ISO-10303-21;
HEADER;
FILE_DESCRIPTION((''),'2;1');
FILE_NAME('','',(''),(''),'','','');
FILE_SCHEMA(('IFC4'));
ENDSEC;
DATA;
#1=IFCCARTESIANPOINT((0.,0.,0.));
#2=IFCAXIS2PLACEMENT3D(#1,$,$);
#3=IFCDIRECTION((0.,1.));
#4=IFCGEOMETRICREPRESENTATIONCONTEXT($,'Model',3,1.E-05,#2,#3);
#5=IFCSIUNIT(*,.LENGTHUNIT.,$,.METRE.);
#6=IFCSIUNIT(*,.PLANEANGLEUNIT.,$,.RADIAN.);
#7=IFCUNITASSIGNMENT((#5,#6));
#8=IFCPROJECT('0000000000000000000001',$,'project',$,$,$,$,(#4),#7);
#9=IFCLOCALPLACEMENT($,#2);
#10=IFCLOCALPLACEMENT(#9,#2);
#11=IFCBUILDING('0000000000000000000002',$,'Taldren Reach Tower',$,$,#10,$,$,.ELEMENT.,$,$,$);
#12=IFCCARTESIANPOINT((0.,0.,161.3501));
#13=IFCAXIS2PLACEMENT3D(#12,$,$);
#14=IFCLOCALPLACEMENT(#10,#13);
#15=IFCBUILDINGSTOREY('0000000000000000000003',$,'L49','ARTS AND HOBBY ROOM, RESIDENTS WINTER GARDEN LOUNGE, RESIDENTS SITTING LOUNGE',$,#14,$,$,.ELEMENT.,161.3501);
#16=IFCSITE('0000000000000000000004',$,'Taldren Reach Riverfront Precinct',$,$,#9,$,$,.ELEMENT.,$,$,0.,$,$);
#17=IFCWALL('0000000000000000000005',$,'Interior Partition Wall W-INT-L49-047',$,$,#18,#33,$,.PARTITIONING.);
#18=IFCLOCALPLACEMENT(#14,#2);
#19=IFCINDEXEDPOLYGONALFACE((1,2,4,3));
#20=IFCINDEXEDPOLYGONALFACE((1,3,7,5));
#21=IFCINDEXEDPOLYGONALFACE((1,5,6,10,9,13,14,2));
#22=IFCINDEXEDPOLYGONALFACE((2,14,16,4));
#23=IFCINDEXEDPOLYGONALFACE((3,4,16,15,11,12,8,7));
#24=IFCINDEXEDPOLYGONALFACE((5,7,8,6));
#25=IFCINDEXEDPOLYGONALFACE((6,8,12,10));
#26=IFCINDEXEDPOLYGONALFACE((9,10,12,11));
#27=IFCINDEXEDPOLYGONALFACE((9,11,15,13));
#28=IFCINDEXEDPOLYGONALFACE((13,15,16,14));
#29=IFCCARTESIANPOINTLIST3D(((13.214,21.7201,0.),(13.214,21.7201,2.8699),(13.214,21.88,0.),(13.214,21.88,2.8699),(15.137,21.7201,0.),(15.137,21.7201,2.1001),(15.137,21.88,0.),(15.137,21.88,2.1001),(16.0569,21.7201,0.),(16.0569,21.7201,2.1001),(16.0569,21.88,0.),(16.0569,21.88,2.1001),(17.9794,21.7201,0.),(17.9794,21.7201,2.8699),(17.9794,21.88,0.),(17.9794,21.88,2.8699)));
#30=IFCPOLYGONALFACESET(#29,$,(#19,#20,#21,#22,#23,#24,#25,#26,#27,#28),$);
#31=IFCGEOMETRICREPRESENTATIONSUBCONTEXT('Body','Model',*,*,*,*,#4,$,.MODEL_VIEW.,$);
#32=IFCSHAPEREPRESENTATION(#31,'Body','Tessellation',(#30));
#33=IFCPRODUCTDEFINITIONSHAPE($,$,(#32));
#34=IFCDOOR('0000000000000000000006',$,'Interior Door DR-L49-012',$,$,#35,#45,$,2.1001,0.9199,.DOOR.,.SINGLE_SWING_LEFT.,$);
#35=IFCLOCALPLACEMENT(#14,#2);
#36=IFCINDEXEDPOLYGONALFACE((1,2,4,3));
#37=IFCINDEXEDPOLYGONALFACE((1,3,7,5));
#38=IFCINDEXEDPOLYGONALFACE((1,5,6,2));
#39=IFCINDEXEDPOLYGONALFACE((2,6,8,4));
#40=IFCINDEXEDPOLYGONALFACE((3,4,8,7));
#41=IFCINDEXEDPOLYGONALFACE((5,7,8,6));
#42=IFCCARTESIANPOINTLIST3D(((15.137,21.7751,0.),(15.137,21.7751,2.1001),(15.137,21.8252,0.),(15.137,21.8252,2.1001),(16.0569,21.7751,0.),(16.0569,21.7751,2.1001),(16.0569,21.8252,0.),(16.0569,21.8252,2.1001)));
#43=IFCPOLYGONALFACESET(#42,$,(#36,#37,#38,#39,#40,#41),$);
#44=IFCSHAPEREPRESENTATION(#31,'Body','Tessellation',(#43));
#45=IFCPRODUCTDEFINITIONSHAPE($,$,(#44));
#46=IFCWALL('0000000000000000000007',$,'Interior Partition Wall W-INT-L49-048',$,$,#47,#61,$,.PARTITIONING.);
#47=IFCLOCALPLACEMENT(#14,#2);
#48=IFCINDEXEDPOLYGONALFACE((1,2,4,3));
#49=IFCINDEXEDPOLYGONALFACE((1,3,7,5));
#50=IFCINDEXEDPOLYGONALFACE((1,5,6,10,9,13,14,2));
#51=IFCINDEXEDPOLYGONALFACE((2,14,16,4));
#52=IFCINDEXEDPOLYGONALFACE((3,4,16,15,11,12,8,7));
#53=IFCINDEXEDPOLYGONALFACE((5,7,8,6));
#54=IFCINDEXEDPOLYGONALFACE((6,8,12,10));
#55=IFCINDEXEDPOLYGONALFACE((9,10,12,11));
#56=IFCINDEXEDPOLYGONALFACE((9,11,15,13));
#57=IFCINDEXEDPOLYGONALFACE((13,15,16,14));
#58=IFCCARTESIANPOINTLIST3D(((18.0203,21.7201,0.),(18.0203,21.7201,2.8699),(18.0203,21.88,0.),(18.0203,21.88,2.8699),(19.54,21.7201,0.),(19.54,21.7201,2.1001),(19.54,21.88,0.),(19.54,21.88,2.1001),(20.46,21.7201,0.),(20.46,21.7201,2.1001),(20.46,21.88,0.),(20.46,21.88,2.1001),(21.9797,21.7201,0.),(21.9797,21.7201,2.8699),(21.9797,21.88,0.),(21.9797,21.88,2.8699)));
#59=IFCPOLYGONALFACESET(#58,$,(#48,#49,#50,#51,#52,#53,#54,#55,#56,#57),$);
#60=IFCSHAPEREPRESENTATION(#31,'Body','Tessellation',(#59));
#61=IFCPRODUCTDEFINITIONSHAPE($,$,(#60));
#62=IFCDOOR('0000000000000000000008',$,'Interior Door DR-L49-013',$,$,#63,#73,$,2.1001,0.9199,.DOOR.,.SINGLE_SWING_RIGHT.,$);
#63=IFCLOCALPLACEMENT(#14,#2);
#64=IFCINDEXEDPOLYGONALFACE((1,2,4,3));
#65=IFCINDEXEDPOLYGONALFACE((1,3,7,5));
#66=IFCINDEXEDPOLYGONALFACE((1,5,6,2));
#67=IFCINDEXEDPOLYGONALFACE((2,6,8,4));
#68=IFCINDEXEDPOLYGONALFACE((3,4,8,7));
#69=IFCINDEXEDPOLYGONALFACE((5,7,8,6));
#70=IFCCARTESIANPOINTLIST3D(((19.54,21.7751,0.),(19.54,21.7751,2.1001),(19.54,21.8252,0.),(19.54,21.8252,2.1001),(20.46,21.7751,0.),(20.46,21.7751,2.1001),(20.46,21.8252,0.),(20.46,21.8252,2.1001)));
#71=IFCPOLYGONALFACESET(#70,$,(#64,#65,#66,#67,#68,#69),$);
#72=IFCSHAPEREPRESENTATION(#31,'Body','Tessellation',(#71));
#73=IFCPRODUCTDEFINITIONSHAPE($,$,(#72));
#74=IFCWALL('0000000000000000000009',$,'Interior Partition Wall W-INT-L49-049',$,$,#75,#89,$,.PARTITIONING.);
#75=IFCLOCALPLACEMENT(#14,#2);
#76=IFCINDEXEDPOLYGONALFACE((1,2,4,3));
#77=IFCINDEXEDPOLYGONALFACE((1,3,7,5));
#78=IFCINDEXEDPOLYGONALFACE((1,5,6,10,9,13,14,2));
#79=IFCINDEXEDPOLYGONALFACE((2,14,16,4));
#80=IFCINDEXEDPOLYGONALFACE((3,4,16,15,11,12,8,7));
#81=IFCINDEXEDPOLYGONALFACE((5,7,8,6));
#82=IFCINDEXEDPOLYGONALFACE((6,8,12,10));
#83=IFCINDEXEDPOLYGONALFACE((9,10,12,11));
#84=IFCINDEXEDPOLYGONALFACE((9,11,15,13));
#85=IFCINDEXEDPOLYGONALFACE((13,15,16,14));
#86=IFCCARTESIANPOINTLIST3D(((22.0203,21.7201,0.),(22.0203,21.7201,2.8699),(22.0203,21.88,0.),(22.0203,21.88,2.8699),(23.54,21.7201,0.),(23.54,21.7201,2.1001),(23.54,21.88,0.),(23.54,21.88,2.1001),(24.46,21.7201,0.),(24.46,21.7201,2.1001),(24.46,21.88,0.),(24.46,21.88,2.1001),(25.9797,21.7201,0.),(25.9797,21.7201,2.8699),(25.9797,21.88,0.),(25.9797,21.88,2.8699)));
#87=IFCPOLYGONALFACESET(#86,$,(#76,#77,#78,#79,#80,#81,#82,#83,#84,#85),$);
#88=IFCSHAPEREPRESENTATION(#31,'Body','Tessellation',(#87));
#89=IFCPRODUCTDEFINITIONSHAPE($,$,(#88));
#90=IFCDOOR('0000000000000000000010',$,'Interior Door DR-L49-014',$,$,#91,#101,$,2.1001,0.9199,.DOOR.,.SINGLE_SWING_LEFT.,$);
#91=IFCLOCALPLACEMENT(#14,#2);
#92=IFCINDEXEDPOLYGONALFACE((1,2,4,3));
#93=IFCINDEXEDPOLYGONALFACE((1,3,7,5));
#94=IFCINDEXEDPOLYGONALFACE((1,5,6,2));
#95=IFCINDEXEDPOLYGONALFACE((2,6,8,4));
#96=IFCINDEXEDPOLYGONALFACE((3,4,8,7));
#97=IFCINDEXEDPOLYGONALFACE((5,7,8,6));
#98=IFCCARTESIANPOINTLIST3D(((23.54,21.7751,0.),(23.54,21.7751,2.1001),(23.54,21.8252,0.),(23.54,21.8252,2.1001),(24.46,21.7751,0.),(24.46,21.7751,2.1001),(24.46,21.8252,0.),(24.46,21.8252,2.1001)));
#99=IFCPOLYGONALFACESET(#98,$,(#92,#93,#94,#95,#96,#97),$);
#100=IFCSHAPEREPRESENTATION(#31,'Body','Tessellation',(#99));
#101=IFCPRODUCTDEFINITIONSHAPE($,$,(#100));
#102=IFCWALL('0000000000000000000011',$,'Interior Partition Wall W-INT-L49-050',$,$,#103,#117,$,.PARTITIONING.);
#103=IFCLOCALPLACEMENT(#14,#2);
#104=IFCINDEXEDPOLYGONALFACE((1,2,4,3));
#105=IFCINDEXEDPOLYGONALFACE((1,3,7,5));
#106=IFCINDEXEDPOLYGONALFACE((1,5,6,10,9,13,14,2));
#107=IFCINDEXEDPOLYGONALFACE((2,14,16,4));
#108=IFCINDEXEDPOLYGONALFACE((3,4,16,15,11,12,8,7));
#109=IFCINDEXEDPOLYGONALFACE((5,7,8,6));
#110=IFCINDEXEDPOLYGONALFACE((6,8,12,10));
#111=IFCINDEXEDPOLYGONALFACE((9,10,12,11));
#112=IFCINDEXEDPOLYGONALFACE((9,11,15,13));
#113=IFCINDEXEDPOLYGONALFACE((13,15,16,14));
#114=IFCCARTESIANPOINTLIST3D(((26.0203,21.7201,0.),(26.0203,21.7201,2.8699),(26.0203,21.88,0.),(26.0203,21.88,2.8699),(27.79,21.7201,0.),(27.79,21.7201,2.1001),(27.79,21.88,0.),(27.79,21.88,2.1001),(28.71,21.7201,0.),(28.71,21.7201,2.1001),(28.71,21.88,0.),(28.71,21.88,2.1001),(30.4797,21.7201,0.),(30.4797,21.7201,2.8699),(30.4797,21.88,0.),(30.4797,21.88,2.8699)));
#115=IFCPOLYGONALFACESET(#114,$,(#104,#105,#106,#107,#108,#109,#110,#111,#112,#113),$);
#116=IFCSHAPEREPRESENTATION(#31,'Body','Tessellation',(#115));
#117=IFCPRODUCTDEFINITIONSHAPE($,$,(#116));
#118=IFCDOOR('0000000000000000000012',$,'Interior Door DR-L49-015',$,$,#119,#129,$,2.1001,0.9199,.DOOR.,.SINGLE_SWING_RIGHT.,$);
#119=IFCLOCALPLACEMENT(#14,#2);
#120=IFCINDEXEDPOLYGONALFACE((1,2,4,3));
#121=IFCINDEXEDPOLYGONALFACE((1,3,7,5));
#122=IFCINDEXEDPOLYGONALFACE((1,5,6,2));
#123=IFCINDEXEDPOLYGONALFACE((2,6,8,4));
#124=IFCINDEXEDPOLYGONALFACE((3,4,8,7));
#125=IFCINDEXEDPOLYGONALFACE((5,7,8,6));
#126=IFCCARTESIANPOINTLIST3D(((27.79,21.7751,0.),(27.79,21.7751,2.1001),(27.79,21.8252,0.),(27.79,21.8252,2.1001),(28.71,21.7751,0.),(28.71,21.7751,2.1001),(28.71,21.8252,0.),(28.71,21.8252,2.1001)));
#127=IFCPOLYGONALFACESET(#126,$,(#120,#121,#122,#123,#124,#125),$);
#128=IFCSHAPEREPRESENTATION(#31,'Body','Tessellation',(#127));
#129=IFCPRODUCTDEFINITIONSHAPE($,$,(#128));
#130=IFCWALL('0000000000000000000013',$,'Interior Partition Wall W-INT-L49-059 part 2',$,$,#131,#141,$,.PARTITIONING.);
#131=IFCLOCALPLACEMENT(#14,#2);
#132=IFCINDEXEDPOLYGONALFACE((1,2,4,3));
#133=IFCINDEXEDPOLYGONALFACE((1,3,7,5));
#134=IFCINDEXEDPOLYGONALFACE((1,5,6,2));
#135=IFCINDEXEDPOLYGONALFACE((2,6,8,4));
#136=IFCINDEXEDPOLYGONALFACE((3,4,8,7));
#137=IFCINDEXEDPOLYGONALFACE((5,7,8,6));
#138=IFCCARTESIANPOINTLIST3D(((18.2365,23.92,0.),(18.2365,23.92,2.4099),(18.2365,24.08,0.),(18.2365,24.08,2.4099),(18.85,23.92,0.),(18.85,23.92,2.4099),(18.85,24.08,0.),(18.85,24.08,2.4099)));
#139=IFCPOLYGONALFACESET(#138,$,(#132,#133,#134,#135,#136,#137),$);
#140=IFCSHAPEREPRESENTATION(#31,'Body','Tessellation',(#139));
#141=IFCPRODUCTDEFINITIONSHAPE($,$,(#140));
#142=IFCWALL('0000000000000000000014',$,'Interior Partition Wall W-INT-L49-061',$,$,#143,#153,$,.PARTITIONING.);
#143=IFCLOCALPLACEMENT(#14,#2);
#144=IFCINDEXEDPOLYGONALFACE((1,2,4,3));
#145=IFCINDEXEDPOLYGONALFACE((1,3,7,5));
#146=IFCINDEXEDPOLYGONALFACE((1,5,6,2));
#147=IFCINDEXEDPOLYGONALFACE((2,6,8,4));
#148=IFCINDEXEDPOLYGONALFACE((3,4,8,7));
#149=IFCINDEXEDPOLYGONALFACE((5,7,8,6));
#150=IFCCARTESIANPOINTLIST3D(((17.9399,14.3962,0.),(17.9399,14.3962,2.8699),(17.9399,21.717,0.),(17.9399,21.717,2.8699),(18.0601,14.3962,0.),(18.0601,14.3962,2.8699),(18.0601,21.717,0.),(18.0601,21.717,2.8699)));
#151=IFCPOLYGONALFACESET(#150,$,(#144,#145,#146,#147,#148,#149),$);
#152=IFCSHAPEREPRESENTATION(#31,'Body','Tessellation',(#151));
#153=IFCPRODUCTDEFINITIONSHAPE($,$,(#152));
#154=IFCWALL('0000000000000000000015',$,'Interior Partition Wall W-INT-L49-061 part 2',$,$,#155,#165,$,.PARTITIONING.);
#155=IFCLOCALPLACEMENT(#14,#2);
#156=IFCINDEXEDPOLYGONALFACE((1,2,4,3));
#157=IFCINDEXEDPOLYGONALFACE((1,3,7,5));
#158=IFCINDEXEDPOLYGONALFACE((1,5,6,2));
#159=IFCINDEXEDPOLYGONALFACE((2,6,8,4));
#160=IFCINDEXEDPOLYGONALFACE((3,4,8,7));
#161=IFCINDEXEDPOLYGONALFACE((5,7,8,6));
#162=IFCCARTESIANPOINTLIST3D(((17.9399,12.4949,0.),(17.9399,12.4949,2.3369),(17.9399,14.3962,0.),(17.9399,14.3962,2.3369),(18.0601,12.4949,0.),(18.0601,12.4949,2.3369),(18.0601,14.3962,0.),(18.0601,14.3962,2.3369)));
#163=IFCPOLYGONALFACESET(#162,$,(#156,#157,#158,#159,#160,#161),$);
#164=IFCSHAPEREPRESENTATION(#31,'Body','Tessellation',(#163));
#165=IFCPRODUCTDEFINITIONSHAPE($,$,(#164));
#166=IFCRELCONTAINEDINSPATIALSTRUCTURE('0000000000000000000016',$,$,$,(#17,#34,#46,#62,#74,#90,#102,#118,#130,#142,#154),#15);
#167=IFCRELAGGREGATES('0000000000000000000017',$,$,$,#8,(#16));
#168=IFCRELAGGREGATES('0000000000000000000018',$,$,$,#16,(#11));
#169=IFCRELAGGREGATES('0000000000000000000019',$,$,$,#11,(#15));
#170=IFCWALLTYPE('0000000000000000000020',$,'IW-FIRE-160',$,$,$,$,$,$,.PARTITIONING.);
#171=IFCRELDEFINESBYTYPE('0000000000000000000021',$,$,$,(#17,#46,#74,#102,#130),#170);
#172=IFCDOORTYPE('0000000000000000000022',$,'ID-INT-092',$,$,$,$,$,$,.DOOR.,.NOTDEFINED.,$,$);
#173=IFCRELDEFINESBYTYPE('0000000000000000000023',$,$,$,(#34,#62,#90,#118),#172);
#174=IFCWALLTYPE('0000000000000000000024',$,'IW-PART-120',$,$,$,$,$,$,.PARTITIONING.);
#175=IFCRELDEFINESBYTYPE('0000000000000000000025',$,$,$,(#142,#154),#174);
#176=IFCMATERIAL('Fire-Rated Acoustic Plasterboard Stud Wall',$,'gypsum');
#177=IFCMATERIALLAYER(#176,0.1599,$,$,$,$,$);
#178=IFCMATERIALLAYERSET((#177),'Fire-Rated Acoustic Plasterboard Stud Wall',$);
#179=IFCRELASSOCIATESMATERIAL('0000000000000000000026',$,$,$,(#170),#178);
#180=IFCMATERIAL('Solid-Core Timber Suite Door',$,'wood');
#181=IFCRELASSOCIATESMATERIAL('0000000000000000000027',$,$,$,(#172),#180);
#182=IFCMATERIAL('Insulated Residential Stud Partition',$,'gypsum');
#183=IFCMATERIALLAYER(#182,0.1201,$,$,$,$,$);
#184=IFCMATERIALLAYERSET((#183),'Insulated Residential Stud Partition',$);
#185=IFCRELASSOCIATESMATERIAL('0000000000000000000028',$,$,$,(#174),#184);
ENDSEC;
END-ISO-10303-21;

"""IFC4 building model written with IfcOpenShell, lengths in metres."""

from ifc_helpers import new_model, si_unit, direction, frame, frame_2d, origin, place, context, subcontext, project, spatial, rectangle, extrude, source, transform, mapped, material, layer, layer_set, type_object, element, fill, save


model = new_model("IFC4")

# Units and contexts
model_context = context("Model", 3, precision=1e-05, world=origin(), true_north=direction((0.0, 1.0)))
body_context = subcontext(model_context, "Body", "Model", "MODEL_VIEW")
ifc_project = project(units=[si_unit("LENGTHUNIT", "METRE"), si_unit("PLANEANGLEUNIT", "RADIAN")], contexts=[model_context])

# Site, building, storey
site_placement = place(None, origin())
site = spatial("IfcSite", under=ifc_project, at=site_placement, Name="Taldren Reach Riverfront Precinct", CompositionType="ELEMENT", RefElevation=0.0)
building_placement = place(site_placement, origin())
building = spatial("IfcBuilding", under=site, at=building_placement, Name="Taldren Reach Tower", CompositionType="ELEMENT")
storey_placement = place(building_placement, frame((0.0, 0.0, 161.3501)))
storey = spatial("IfcBuildingStorey", under=building, at=storey_placement, Name="L49", Description="ARTS AND HOBBY ROOM, RESIDENTS WINTER GARDEN LOUNGE, RESIDENTS SITTING LOUNGE", CompositionType="ELEMENT", Elevation=161.3501)

# Walls, openings, doors
ifc_material_1 = material(Name="Fire-Rated Acoustic Plasterboard Stud Wall", Category="gypsum")
ifc_layer_1 = layer(ifc_material_1, 0.1599)
ifc_layer_set_1 = layer_set([ifc_layer_1], Name="Fire-Rated Acoustic Plasterboard Stud Wall")
wall_type_1 = type_object("IfcWallType", Name="IW-FIRE-160", PredefinedType="PARTITIONING", material=ifc_layer_set_1)
shared_shape_1 = source(origin(), body_context, "Body", "SweptSolid", [
    extrude(rectangle(XDim=4.7654, YDim=0.1599, at=frame_2d((2.3828, 0.0))), origin(), (0.0, 0.0, 1.0), 2.8699),
])
wall_1_placement = place(storey_placement, frame((17.9795, 21.8, 0.0), z_axis=(0.0, 0.0, 1.0), x_axis=(-1.0, 0.0, 0.0)))
wall_1 = element("IfcWall", 1, at=wall_1_placement, inside=storey, type_object=wall_type_1, Name="Interior Partition Wall W-INT-L49-047", PredefinedType="PARTITIONING", context=body_context, shape_type="MappedRepresentation", body=[
    mapped(shared_shape_1, transform((0.0, 0.0, 0.0), scale=1.0)),
])
shared_shape_2 = source(origin(), body_context, "Body", "SweptSolid", [
    extrude(rectangle(XDim=0.9199, YDim=2.1001, at=frame_2d((0.46, 1.05))), frame((0.0, 0.0898, 0.0), z_axis=(0.0, -1.0, 0.0), x_axis=(1.0, 0.0, 0.0)), (0.0, 0.0, 1.0), 0.1799),
])
opening_1_placement = place(wall_1_placement, frame((1.9226, 0.0, 0.0)))
opening_1 = element("IfcOpeningElement", 2, at=opening_1_placement, cuts=wall_1, PredefinedType="OPENING", context=body_context, shape_type="MappedRepresentation", body=[
    mapped(shared_shape_2, transform((0.0, 0.0, 0.0), scale=1.0)),
])
ifc_material_2 = material(Name="Solid-Core Timber Suite Door", Category="wood")
door_type = type_object("IfcDoorType", Name="ID-INT-092", OperationType="NOTDEFINED", PredefinedType="DOOR", material=ifc_material_2)
shared_shape_3 = source(origin(), body_context, "Body", "SweptSolid", [
    extrude(rectangle(XDim=0.9199, YDim=2.1001, at=frame_2d((0.46, 1.05))), frame((0.0, 0.0249, 0.0), z_axis=(0.0, -1.0, 0.0), x_axis=(1.0, 0.0, 0.0)), (0.0, 0.0, 1.0), 0.05),
])
door_1_placement = place(opening_1_placement, origin())
door_1 = element("IfcDoor", 3, at=door_1_placement, inside=storey, type_object=door_type, Name="Interior Door DR-L49-012", OperationType="SINGLE_SWING_LEFT", OverallHeight=2.1001, OverallWidth=0.9199, PredefinedType="DOOR", context=body_context, shape_type="MappedRepresentation", body=[
    mapped(shared_shape_3, transform((0.0, 0.0, 0.0), scale=1.0)),
])
fill(opening_1, door_1)
shared_shape_4 = source(origin(), body_context, "Body", "SweptSolid", [
    extrude(rectangle(XDim=3.9595, YDim=0.1599, at=frame_2d((1.9797, 0.0))), origin(), (0.0, 0.0, 1.0), 2.8699),
])
wall_2_placement = place(storey_placement, frame((21.9797, 21.8, 0.0), z_axis=(0.0, 0.0, 1.0), x_axis=(-1.0, 0.0, 0.0)))
wall_2 = element("IfcWall", 4, at=wall_2_placement, inside=storey, type_object=wall_type_1, Name="Interior Partition Wall W-INT-L49-048", PredefinedType="PARTITIONING", context=body_context, shape_type="MappedRepresentation", body=[
    mapped(shared_shape_4, transform((0.0, 0.0, 0.0), scale=1.0)),
])
opening_2_placement = place(wall_2_placement, frame((1.5198, 0.0, 0.0)))
opening_2 = element("IfcOpeningElement", 5, at=opening_2_placement, cuts=wall_2, PredefinedType="OPENING", context=body_context, shape_type="MappedRepresentation", body=[
    mapped(shared_shape_2, transform((0.0, 0.0, 0.0), scale=1.0)),
])
door_2_placement = place(opening_2_placement, origin())
door_2 = element("IfcDoor", 6, at=door_2_placement, inside=storey, type_object=door_type, Name="Interior Door DR-L49-013", OperationType="SINGLE_SWING_RIGHT", OverallHeight=2.1001, OverallWidth=0.9199, PredefinedType="DOOR", context=body_context, shape_type="MappedRepresentation", body=[
    mapped(shared_shape_3, transform((0.0, 0.0, 0.0), scale=1.0)),
])
fill(opening_2, door_2)
wall_3_placement = place(storey_placement, frame((25.9797, 21.8, 0.0), z_axis=(0.0, 0.0, 1.0), x_axis=(-1.0, 0.0, 0.0)))
wall_3 = element("IfcWall", 7, at=wall_3_placement, inside=storey, type_object=wall_type_1, Name="Interior Partition Wall W-INT-L49-049", PredefinedType="PARTITIONING", context=body_context, shape_type="MappedRepresentation", body=[
    mapped(shared_shape_4, transform((0.0, 0.0, 0.0), scale=1.0)),
])
opening_3_placement = place(wall_3_placement, frame((1.5198, 0.0, 0.0)))
opening_3 = element("IfcOpeningElement", 8, at=opening_3_placement, cuts=wall_3, PredefinedType="OPENING", context=body_context, shape_type="MappedRepresentation", body=[
    mapped(shared_shape_2, transform((0.0, 0.0, 0.0), scale=1.0)),
])
door_3_placement = place(opening_3_placement, origin())
door_3 = element("IfcDoor", 9, at=door_3_placement, inside=storey, type_object=door_type, Name="Interior Door DR-L49-014", OperationType="SINGLE_SWING_LEFT", OverallHeight=2.1001, OverallWidth=0.9199, PredefinedType="DOOR", context=body_context, shape_type="MappedRepresentation", body=[
    mapped(shared_shape_3, transform((0.0, 0.0, 0.0), scale=1.0)),
])
fill(opening_3, door_3)
shared_shape_5 = source(origin(), body_context, "Body", "SweptSolid", [
    extrude(rectangle(XDim=4.4595, YDim=0.1599, at=frame_2d((2.2297, 0.0))), origin(), (0.0, 0.0, 1.0), 2.8699),
])
wall_4_placement = place(storey_placement, frame((30.4797, 21.8, 0.0), z_axis=(0.0, 0.0, 1.0), x_axis=(-1.0, 0.0, 0.0)))
wall_4 = element("IfcWall", 10, at=wall_4_placement, inside=storey, type_object=wall_type_1, Name="Interior Partition Wall W-INT-L49-050", PredefinedType="PARTITIONING", context=body_context, shape_type="MappedRepresentation", body=[
    mapped(shared_shape_5, transform((0.0, 0.0, 0.0), scale=1.0)),
])
opening_4_placement = place(wall_4_placement, frame((1.7698, 0.0, 0.0)))
opening_4 = element("IfcOpeningElement", 11, at=opening_4_placement, cuts=wall_4, PredefinedType="OPENING", context=body_context, shape_type="MappedRepresentation", body=[
    mapped(shared_shape_2, transform((0.0, 0.0, 0.0), scale=1.0)),
])
door_4_placement = place(opening_4_placement, origin())
door_4 = element("IfcDoor", 12, at=door_4_placement, inside=storey, type_object=door_type, Name="Interior Door DR-L49-015", OperationType="SINGLE_SWING_RIGHT", OverallHeight=2.1001, OverallWidth=0.9199, PredefinedType="DOOR", context=body_context, shape_type="MappedRepresentation", body=[
    mapped(shared_shape_3, transform((0.0, 0.0, 0.0), scale=1.0)),
])
fill(opening_4, door_4)

# Walls
shared_shape_6 = source(origin(), body_context, "Body", "SweptSolid", [
    extrude(rectangle(XDim=0.6135, YDim=0.1599, at=frame_2d((0.3066, 0.0))), origin(), (0.0, 0.0, 1.0), 2.4099),
])
wall_5_placement = place(storey_placement, frame((18.2366, 24.0, 0.0), z_axis=(0.0, 0.0, 1.0), x_axis=(1.0, 0.0, 0.0)))
element("IfcWall", 13, at=wall_5_placement, inside=storey, type_object=wall_type_1, Name="Interior Partition Wall W-INT-L49-059 part 2", PredefinedType="PARTITIONING", context=body_context, shape_type="MappedRepresentation", body=[
    mapped(shared_shape_6, transform((0.0, 0.0, 0.0), scale=1.0)),
])
ifc_material_3 = material(Name="Insulated Residential Stud Partition", Category="gypsum")
ifc_layer_2 = layer(ifc_material_3, 0.1201)
ifc_layer_set_2 = layer_set([ifc_layer_2], Name="Insulated Residential Stud Partition")
wall_type_2 = type_object("IfcWallType", Name="IW-PART-120", PredefinedType="PARTITIONING", material=ifc_layer_set_2)
shared_shape_7 = source(origin(), body_context, "Body", "SweptSolid", [
    extrude(rectangle(XDim=7.3208, YDim=0.1201, at=frame_2d((3.6604, 0.0))), origin(), (0.0, 0.0, 1.0), 2.8699),
])
wall_6_placement = place(storey_placement, frame((18.0, 21.717, 0.0), z_axis=(0.0, 0.0, 1.0), x_axis=(0.0, -1.0, 0.0)))
element("IfcWall", 14, at=wall_6_placement, inside=storey, type_object=wall_type_2, Name="Interior Partition Wall W-INT-L49-061", PredefinedType="PARTITIONING", context=body_context, shape_type="MappedRepresentation", body=[
    mapped(shared_shape_7, transform((0.0, 0.0, 0.0), scale=1.0)),
])
shared_shape_8 = source(origin(), body_context, "Body", "SweptSolid", [
    extrude(rectangle(XDim=1.9014, YDim=0.1201, at=frame_2d((0.9507, 0.0))), origin(), (0.0, 0.0, 1.0), 2.3369),
])
wall_7_placement = place(storey_placement, frame((18.0, 14.3962, 0.0), z_axis=(0.0, 0.0, 1.0), x_axis=(0.0, -1.0, 0.0)))
element("IfcWall", 15, at=wall_7_placement, inside=storey, type_object=wall_type_2, Name="Interior Partition Wall W-INT-L49-061 part 2", PredefinedType="PARTITIONING", context=body_context, shape_type="MappedRepresentation", body=[
    mapped(shared_shape_8, transform((0.0, 0.0, 0.0), scale=1.0)),
])

save(model, "model.ifc")
